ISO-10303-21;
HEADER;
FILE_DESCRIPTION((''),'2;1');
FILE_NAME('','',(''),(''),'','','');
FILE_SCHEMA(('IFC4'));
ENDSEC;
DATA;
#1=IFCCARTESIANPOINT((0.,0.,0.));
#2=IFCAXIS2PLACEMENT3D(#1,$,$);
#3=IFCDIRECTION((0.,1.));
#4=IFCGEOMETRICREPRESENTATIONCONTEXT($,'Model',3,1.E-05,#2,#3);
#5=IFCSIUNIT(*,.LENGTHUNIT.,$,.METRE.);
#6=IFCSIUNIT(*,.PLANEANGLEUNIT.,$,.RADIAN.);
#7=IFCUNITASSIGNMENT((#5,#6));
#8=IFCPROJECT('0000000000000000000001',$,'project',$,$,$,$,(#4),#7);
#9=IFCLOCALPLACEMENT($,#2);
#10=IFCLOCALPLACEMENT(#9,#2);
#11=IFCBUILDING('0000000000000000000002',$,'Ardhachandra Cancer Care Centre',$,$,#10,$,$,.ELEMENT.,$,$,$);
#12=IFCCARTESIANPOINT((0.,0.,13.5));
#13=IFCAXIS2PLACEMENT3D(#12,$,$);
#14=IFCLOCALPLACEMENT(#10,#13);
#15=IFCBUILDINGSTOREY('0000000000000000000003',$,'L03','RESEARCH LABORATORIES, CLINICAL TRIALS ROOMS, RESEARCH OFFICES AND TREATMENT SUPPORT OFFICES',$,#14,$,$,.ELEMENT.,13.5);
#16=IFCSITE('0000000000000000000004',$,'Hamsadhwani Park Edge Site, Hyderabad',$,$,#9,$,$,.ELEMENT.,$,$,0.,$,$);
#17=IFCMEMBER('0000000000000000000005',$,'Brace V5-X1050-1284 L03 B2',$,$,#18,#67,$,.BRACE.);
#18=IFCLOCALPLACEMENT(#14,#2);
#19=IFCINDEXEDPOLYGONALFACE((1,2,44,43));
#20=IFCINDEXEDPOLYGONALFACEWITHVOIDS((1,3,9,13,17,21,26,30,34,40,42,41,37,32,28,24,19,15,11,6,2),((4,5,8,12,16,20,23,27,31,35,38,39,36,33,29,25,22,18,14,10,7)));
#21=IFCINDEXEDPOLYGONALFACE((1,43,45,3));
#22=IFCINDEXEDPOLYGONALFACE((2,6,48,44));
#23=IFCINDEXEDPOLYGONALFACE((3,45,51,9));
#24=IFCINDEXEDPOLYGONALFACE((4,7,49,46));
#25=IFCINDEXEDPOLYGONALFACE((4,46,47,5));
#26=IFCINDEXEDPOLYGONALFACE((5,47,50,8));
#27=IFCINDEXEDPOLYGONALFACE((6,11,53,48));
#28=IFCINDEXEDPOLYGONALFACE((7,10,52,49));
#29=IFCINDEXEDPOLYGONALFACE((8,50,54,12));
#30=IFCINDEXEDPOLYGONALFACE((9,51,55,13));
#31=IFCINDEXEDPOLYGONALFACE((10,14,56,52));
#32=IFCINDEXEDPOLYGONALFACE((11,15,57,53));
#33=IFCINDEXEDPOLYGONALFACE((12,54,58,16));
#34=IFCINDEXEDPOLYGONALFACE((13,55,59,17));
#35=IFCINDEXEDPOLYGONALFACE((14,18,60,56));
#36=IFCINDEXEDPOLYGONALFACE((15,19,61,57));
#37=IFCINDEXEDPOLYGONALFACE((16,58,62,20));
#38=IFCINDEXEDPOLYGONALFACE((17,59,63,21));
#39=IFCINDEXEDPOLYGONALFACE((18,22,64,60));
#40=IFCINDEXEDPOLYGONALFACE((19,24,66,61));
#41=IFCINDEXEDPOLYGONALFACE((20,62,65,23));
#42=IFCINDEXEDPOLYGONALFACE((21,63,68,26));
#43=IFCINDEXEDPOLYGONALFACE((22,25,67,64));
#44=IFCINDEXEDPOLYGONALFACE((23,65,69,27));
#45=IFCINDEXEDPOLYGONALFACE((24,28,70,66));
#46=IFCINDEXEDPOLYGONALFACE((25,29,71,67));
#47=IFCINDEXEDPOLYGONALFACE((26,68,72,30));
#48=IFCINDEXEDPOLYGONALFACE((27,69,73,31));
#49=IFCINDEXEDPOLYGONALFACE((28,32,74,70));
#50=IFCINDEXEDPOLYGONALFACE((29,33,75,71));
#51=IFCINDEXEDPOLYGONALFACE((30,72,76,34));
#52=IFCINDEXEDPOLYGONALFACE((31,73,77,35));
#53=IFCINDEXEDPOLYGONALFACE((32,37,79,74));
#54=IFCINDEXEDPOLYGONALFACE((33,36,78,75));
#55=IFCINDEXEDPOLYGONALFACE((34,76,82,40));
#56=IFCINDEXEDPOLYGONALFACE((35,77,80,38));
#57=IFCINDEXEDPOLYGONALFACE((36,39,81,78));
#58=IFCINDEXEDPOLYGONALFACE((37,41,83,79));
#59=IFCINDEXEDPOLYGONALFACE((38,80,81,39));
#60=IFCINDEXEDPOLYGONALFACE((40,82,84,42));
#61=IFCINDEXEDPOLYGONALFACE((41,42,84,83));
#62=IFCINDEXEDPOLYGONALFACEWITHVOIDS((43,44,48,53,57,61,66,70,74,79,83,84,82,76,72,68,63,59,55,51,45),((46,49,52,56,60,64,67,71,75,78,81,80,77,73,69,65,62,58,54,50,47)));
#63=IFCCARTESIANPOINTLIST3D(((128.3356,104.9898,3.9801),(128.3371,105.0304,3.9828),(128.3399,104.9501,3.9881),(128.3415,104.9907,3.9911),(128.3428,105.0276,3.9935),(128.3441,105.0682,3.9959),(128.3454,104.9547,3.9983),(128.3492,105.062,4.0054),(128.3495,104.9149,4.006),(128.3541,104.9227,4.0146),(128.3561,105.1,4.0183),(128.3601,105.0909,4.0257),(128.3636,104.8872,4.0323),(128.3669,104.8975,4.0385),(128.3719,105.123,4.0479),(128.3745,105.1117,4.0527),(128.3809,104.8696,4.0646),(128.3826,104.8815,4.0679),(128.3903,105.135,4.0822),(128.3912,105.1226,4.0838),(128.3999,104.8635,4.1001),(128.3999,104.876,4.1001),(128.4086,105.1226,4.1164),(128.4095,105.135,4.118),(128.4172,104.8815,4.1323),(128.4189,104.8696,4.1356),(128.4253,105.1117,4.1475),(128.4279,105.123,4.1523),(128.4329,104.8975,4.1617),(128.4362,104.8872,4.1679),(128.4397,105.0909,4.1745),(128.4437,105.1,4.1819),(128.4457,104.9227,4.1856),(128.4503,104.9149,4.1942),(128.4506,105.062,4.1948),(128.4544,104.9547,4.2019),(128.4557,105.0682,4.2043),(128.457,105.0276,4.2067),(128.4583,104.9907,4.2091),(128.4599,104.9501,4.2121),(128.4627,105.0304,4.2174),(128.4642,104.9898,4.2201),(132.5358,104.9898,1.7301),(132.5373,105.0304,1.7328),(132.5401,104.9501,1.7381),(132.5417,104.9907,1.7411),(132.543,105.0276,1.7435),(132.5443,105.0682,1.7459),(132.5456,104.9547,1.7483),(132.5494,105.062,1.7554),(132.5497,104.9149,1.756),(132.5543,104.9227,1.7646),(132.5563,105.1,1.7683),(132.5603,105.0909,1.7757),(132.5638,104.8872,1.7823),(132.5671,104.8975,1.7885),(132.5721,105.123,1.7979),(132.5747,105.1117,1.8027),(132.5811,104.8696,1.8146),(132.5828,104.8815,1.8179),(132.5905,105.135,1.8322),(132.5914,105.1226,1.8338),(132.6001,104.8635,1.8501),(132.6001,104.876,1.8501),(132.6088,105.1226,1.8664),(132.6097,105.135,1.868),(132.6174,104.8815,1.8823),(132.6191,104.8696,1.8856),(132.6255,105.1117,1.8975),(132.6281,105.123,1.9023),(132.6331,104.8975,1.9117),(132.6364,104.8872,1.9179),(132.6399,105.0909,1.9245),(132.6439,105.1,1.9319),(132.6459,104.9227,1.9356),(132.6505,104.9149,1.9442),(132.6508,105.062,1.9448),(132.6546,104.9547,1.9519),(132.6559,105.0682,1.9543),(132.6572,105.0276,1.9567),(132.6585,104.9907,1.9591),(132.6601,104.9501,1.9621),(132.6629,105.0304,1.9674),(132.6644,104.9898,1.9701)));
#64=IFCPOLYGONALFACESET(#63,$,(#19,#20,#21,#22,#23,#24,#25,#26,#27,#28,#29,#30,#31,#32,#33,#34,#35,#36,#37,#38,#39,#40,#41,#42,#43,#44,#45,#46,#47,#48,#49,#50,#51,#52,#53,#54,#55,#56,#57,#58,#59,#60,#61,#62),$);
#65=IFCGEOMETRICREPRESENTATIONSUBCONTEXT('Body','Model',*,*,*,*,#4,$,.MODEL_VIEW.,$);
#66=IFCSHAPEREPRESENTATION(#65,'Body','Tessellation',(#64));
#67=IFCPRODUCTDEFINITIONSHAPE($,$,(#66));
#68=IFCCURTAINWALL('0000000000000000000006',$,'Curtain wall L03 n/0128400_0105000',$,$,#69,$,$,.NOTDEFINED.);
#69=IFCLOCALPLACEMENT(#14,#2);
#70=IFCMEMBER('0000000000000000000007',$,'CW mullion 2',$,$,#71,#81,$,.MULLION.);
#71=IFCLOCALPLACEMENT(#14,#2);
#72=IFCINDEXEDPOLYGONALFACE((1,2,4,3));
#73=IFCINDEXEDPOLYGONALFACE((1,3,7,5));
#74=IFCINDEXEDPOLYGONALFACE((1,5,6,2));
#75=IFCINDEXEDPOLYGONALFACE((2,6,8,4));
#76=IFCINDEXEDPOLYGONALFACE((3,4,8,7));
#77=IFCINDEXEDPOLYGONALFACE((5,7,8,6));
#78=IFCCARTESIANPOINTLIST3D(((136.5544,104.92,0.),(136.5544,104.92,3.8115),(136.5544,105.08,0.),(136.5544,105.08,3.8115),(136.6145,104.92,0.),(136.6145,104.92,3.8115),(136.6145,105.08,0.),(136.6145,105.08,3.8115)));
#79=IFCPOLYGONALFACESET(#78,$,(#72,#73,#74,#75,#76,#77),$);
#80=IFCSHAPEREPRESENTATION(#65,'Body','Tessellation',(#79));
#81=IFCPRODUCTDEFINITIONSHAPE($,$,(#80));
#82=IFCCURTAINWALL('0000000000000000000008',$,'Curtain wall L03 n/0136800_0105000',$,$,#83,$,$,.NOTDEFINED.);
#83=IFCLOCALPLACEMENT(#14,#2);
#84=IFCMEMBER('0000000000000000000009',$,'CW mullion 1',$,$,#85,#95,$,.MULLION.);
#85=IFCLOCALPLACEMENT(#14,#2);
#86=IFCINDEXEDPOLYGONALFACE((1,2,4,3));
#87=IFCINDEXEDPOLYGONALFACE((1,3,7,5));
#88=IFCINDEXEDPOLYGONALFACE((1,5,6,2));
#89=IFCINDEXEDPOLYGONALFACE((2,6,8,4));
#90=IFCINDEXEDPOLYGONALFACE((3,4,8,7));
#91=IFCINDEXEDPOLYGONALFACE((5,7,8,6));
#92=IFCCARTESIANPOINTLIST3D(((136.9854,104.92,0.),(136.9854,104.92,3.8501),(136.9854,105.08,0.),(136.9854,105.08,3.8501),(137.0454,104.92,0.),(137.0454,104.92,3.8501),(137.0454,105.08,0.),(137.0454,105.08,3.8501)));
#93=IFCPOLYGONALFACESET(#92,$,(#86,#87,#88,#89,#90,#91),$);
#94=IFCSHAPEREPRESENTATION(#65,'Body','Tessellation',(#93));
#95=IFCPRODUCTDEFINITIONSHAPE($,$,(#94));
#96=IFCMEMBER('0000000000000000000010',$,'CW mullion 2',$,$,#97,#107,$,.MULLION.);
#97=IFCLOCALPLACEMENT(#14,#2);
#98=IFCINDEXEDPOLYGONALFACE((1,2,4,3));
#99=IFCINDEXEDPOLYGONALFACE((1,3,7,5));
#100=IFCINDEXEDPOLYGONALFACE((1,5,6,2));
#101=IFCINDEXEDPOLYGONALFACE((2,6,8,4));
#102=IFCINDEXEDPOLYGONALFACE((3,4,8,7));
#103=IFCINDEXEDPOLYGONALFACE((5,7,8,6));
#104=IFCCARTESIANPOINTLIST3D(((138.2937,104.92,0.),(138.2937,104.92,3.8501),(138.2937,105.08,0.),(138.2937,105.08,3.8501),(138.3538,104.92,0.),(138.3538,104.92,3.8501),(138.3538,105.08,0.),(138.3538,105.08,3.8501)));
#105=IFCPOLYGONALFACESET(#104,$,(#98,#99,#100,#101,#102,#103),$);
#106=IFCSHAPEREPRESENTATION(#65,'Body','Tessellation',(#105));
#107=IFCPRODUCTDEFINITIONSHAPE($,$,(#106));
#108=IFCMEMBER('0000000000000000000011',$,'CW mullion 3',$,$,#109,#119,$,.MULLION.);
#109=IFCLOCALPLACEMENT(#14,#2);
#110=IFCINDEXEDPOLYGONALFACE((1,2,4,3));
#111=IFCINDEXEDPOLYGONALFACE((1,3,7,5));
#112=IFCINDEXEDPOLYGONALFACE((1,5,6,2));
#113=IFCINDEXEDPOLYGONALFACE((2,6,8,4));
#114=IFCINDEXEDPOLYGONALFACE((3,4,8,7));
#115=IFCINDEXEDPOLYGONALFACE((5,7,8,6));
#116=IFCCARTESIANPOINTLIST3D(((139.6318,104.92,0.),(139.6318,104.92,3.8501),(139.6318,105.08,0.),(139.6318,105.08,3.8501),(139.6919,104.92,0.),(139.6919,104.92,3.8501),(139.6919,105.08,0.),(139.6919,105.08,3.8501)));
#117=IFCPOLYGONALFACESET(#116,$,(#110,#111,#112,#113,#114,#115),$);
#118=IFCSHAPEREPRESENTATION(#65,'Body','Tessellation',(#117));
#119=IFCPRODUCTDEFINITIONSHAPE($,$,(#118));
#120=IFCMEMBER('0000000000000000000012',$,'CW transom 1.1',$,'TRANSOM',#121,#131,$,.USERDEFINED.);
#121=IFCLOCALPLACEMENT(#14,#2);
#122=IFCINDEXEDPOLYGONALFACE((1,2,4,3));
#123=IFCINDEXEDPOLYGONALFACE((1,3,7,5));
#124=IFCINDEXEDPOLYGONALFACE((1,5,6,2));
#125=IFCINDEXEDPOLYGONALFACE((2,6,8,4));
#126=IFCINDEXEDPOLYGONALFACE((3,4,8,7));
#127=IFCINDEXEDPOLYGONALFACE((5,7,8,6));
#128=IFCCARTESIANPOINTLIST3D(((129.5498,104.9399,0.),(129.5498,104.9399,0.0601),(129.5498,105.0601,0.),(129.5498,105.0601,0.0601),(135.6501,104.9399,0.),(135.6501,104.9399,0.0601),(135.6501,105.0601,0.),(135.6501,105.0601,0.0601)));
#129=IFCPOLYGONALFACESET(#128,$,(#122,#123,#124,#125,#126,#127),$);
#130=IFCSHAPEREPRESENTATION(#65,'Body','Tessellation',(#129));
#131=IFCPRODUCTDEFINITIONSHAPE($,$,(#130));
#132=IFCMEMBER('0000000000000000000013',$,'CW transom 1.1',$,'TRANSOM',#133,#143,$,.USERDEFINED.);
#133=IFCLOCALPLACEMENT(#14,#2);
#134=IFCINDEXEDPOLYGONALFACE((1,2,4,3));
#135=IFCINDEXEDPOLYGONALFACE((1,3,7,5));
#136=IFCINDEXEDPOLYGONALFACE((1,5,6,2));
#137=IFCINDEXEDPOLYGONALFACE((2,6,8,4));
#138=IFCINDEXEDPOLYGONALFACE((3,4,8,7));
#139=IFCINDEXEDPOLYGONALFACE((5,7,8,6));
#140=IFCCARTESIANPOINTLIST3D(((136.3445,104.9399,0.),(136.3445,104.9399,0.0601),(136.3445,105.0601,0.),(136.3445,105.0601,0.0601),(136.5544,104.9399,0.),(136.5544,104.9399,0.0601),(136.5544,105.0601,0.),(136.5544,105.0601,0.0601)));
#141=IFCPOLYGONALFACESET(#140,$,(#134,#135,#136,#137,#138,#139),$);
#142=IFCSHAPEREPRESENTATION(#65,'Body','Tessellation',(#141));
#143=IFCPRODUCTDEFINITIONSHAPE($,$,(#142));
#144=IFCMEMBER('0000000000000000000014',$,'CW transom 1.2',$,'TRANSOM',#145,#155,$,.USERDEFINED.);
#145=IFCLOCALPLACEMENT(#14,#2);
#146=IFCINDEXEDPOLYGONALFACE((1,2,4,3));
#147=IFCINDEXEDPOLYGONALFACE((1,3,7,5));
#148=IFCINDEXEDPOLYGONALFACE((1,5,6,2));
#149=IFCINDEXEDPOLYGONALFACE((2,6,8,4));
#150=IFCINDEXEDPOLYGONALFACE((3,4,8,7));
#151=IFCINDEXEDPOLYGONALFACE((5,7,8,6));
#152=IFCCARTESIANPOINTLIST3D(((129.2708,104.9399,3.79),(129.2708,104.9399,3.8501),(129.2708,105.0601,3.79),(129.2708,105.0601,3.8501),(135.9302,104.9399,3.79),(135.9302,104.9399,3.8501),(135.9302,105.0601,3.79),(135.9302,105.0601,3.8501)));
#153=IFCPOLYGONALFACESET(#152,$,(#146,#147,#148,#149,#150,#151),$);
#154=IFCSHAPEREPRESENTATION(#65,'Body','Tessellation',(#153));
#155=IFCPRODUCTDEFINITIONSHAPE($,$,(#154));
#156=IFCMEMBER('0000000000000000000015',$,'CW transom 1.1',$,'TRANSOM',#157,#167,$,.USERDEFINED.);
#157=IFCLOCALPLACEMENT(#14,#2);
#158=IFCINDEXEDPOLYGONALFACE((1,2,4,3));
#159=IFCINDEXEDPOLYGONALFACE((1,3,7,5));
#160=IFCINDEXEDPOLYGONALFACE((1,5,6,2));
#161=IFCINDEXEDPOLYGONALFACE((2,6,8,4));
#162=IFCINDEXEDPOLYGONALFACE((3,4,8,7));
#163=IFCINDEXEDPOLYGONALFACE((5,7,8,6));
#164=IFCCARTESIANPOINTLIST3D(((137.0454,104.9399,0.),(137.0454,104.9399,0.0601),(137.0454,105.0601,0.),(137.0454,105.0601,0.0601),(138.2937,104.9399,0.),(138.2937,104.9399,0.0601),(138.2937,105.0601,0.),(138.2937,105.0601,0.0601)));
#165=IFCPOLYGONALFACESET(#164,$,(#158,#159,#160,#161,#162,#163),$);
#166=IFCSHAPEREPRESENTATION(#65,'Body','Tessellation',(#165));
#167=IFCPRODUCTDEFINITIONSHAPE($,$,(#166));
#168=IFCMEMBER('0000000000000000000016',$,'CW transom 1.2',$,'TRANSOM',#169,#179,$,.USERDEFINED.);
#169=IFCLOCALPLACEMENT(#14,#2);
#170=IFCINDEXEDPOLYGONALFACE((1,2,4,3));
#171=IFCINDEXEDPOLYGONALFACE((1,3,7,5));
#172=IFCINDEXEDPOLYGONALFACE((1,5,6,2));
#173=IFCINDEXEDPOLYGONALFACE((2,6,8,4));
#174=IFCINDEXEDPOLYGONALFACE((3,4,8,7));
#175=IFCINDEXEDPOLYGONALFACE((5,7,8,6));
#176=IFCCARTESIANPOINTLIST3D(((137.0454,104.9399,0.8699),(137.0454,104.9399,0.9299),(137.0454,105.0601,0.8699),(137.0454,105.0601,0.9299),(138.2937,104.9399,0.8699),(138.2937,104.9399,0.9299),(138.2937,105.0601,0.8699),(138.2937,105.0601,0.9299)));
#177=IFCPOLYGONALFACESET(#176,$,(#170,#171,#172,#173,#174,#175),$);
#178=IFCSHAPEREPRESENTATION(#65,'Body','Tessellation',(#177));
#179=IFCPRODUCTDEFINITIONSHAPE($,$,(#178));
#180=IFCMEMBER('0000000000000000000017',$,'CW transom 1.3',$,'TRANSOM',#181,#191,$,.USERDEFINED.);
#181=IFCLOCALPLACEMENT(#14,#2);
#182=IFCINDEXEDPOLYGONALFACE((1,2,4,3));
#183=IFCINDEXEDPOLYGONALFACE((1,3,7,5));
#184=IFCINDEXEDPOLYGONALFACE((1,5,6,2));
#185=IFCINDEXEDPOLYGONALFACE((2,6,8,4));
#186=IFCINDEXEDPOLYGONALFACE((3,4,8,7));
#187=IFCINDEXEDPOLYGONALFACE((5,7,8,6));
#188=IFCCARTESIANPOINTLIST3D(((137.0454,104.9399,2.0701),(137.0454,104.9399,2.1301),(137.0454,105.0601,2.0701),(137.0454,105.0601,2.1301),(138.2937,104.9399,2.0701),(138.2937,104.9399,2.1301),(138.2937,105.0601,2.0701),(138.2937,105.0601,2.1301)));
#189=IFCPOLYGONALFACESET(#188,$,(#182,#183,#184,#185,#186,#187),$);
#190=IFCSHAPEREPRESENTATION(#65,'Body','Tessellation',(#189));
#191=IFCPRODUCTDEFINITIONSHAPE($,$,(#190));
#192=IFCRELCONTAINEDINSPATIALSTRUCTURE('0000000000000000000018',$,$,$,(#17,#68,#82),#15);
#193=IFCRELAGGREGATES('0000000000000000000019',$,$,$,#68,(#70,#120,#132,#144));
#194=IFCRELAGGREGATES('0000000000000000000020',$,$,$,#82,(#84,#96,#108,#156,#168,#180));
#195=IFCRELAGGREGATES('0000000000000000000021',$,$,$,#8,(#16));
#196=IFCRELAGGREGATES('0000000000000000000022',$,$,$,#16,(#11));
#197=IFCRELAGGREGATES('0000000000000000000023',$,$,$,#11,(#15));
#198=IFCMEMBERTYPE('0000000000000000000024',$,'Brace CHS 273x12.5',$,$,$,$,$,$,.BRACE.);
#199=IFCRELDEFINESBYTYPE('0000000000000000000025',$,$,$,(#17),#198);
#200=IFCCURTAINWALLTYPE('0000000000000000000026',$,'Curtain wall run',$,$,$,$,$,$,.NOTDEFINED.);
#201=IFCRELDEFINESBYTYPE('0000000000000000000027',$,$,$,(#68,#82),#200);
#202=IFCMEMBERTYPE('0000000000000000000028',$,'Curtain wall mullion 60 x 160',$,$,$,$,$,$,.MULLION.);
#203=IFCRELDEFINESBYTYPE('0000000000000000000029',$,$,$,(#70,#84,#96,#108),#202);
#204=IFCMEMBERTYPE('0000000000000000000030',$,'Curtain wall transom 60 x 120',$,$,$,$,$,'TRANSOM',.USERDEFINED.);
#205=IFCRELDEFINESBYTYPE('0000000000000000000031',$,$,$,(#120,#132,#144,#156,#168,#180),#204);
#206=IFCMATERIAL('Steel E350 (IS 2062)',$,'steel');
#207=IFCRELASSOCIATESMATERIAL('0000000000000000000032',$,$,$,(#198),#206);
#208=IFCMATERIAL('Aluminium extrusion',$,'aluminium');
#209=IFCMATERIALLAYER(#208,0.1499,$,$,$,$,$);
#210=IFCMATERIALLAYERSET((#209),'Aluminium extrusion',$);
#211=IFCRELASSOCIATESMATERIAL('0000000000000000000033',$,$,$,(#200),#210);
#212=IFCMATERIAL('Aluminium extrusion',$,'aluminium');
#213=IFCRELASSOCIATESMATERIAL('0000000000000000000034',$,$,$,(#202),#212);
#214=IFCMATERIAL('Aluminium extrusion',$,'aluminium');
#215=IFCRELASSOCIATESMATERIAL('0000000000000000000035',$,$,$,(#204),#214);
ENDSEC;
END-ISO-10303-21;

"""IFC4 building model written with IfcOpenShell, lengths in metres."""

from ifc_helpers import new_model, si_unit, direction, frame, origin, origin_2d, place, context, subcontext, project, spatial, rectangle, hollow_circle, extrude, material, layer, layer_set, material_profile, profile_set, type_object, element, aggregate, save


model = new_model("IFC4")

# Units and contexts
model_context = context("Model", 3, precision=1e-05, world=origin(), true_north=direction((0.0, 1.0)))
body_context = subcontext(model_context, "Body", "Model", "MODEL_VIEW")
ifc_project = project(units=[si_unit("LENGTHUNIT", "METRE"), si_unit("PLANEANGLEUNIT", "RADIAN")], contexts=[model_context])

# Site, building, storey
site_placement = place(None, origin())
site = spatial("IfcSite", under=ifc_project, at=site_placement, Name="Hamsadhwani Park Edge Site, Hyderabad", CompositionType="ELEMENT", RefElevation=0.0)
building_placement = place(site_placement, origin())
building = spatial("IfcBuilding", under=site, at=building_placement, Name="Ardhachandra Cancer Care Centre", CompositionType="ELEMENT")
storey_placement = place(building_placement, frame((0.0, 0.0, 13.5)))
storey = spatial("IfcBuildingStorey", under=building, at=storey_placement, Name="L03", Description="RESEARCH LABORATORIES, CLINICAL TRIALS ROOMS, RESEARCH OFFICES AND TREATMENT SUPPORT OFFICES", CompositionType="ELEMENT", Elevation=13.5)

# Member
ifc_material_1 = material(Name="Steel E350 (IS 2062)", Category="steel")
ifc_material_profile_1 = material_profile(ifc_material_1, hollow_circle(Radius=0.1365, WallThickness=0.0125, at=origin_2d()), Name="CHS 273x12.5")
ifc_profile_set_1 = profile_set([ifc_material_profile_1], Name="Steel E350 (IS 2062)")
member_type_1 = type_object("IfcMemberType", Name="Brace CHS 273x12.5", PredefinedType="BRACE", material=ifc_profile_set_1)
member_1_placement = place(storey_placement, frame((132.6001, 105.0, 1.8501), z_axis=(-0.881489, 0.0, 0.472204), x_axis=(0.0, -1.0, 0.0)))
element("IfcMember", 1, at=member_1_placement, inside=storey, type_object=member_type_1, Name="Brace V5-X1050-1284 L03 B2", PredefinedType="BRACE", context=body_context, shape_type="SweptSolid", body=[
    extrude(hollow_circle(Radius=0.1365, WallThickness=0.0125, at=origin_2d()), origin(), (0.0, 0.0, 1.0), 4.7649),
])

# Curtain wall, member
ifc_material_2 = material(Name="Aluminium extrusion", Category="aluminium")
ifc_layer_1 = layer(ifc_material_2, 0.1499)
ifc_layer_set_1 = layer_set([ifc_layer_1], Name="Aluminium extrusion")
curtain_wall_type = type_object("IfcCurtainWallType", Name="Curtain wall run", PredefinedType="NOTDEFINED", material=ifc_layer_set_1)
curtain_wall_1_placement = place(storey_placement, origin())
curtain_wall_1 = element("IfcCurtainWall", 2, at=curtain_wall_1_placement, inside=storey, type_object=curtain_wall_type, Name="Curtain wall L03 n/0128400_0105000", PredefinedType="NOTDEFINED")
ifc_material_3 = material(Name="Aluminium extrusion", Category="aluminium")
ifc_material_profile_2 = material_profile(ifc_material_3, rectangle(XDim=0.1599, YDim=0.0601, at=origin_2d()), Name="Curtain wall mullion 60 x 160")
ifc_profile_set_2 = profile_set([ifc_material_profile_2], Name="Aluminium extrusion")
member_type_2 = type_object("IfcMemberType", Name="Curtain wall mullion 60 x 160", PredefinedType="MULLION", material=ifc_profile_set_2)
member_2_placement = place(storey_placement, frame((136.5845, 105.0, 0.0), z_axis=(0.0, 0.0, 1.0), x_axis=(0.0, 1.0, 0.0)))
member_2 = element("IfcMember", 3, at=member_2_placement, type_object=member_type_2, Name="CW mullion 2", PredefinedType="MULLION", context=body_context, shape_type="SweptSolid", body=[
    extrude(rectangle(XDim=0.1599, YDim=0.0601, at=origin_2d()), origin(), (0.0, 0.0, 1.0), 3.8115),
])

# Curtain wall, members
curtain_wall_2_placement = place(storey_placement, origin())
curtain_wall_2 = element("IfcCurtainWall", 4, at=curtain_wall_2_placement, inside=storey, type_object=curtain_wall_type, Name="Curtain wall L03 n/0136800_0105000", PredefinedType="NOTDEFINED")
member_3_placement = place(storey_placement, frame((137.0154, 105.0, 0.0), z_axis=(0.0, 0.0, 1.0), x_axis=(0.0, 1.0, 0.0)))
member_3 = element("IfcMember", 5, at=member_3_placement, type_object=member_type_2, Name="CW mullion 1", PredefinedType="MULLION", context=body_context, shape_type="SweptSolid", body=[
    extrude(rectangle(XDim=0.1599, YDim=0.0601, at=origin_2d()), origin(), (0.0, 0.0, 1.0), 3.8501),
])
member_4_placement = place(storey_placement, frame((138.3237, 105.0, 0.0), z_axis=(0.0, 0.0, 1.0), x_axis=(0.0, 1.0, 0.0)))
member_4 = element("IfcMember", 6, at=member_4_placement, type_object=member_type_2, Name="CW mullion 2", PredefinedType="MULLION", context=body_context, shape_type="SweptSolid", body=[
    extrude(rectangle(XDim=0.1599, YDim=0.0601, at=origin_2d()), origin(), (0.0, 0.0, 1.0), 3.8501),
])
member_5_placement = place(storey_placement, frame((139.6619, 105.0, 0.0), z_axis=(0.0, 0.0, 1.0), x_axis=(0.0, 1.0, 0.0)))
member_5 = element("IfcMember", 7, at=member_5_placement, type_object=member_type_2, Name="CW mullion 3", PredefinedType="MULLION", context=body_context, shape_type="SweptSolid", body=[
    extrude(rectangle(XDim=0.1599, YDim=0.0601, at=origin_2d()), origin(), (0.0, 0.0, 1.0), 3.8501),
])

# Members
ifc_material_4 = material(Name="Aluminium extrusion", Category="aluminium")
ifc_material_profile_3 = material_profile(ifc_material_4, rectangle(XDim=0.1201, YDim=0.0601, at=origin_2d()), Name="Curtain wall transom 60 x 120")
ifc_profile_set_3 = profile_set([ifc_material_profile_3], Name="Aluminium extrusion")
member_type_3 = type_object("IfcMemberType", Name="Curtain wall transom 60 x 120", ElementType="TRANSOM", PredefinedType="USERDEFINED", material=ifc_profile_set_3)
member_6_placement = place(storey_placement, frame((129.5498, 105.0, 0.03), z_axis=(1.0, 0.0, 0.0), x_axis=(0.0, 1.0, 0.0)))
member_6 = element("IfcMember", 8, at=member_6_placement, type_object=member_type_3, Name="CW transom 1.1", ObjectType="TRANSOM", PredefinedType="USERDEFINED", context=body_context, shape_type="SweptSolid", body=[
    extrude(rectangle(XDim=0.1201, YDim=0.0601, at=origin_2d()), origin(), (0.0, 0.0, 1.0), 6.1003),
])
member_7_placement = place(storey_placement, frame((136.3445, 105.0, 0.03), z_axis=(1.0, 0.0, 0.0), x_axis=(0.0, 1.0, 0.0)))
member_7 = element("IfcMember", 9, at=member_7_placement, type_object=member_type_3, Name="CW transom 1.1", ObjectType="TRANSOM", PredefinedType="USERDEFINED", context=body_context, shape_type="SweptSolid", body=[
    extrude(rectangle(XDim=0.1201, YDim=0.0601, at=origin_2d()), origin(), (0.0, 0.0, 1.0), 0.21),
])
member_8_placement = place(storey_placement, frame((129.2708, 105.0, 3.8201), z_axis=(1.0, 0.0, 0.0), x_axis=(0.0, 1.0, 0.0)))
member_8 = element("IfcMember", 10, at=member_8_placement, type_object=member_type_3, Name="CW transom 1.2", ObjectType="TRANSOM", PredefinedType="USERDEFINED", context=body_context, shape_type="SweptSolid", body=[
    extrude(rectangle(XDim=0.1201, YDim=0.0601, at=origin_2d()), origin(), (0.0, 0.0, 1.0), 6.6594),
])
member_9_placement = place(storey_placement, frame((137.0454, 105.0, 0.03), z_axis=(1.0, 0.0, 0.0), x_axis=(0.0, 1.0, 0.0)))
member_9 = element("IfcMember", 11, at=member_9_placement, type_object=member_type_3, Name="CW transom 1.1", ObjectType="TRANSOM", PredefinedType="USERDEFINED", context=body_context, shape_type="SweptSolid", body=[
    extrude(rectangle(XDim=0.1201, YDim=0.0601, at=origin_2d()), origin(), (0.0, 0.0, 1.0), 1.2483),
])
member_10_placement = place(storey_placement, frame((137.0454, 105.0, 0.8999), z_axis=(1.0, 0.0, 0.0), x_axis=(0.0, 1.0, 0.0)))
member_10 = element("IfcMember", 12, at=member_10_placement, type_object=member_type_3, Name="CW transom 1.2", ObjectType="TRANSOM", PredefinedType="USERDEFINED", context=body_context, shape_type="SweptSolid", body=[
    extrude(rectangle(XDim=0.1201, YDim=0.0601, at=origin_2d()), origin(), (0.0, 0.0, 1.0), 1.2483),
])
member_11_placement = place(storey_placement, frame((137.0454, 105.0, 2.1001), z_axis=(1.0, 0.0, 0.0), x_axis=(0.0, 1.0, 0.0)))
member_11 = element("IfcMember", 13, at=member_11_placement, type_object=member_type_3, Name="CW transom 1.3", ObjectType="TRANSOM", PredefinedType="USERDEFINED", context=body_context, shape_type="SweptSolid", body=[
    extrude(rectangle(XDim=0.1201, YDim=0.0601, at=origin_2d()), origin(), (0.0, 0.0, 1.0), 1.2483),
])

aggregate(curtain_wall_1, [member_2, member_6, member_7, member_8])
aggregate(curtain_wall_2, [member_3, member_4, member_5, member_9, member_10, member_11])

save(model, "model.ifc")
